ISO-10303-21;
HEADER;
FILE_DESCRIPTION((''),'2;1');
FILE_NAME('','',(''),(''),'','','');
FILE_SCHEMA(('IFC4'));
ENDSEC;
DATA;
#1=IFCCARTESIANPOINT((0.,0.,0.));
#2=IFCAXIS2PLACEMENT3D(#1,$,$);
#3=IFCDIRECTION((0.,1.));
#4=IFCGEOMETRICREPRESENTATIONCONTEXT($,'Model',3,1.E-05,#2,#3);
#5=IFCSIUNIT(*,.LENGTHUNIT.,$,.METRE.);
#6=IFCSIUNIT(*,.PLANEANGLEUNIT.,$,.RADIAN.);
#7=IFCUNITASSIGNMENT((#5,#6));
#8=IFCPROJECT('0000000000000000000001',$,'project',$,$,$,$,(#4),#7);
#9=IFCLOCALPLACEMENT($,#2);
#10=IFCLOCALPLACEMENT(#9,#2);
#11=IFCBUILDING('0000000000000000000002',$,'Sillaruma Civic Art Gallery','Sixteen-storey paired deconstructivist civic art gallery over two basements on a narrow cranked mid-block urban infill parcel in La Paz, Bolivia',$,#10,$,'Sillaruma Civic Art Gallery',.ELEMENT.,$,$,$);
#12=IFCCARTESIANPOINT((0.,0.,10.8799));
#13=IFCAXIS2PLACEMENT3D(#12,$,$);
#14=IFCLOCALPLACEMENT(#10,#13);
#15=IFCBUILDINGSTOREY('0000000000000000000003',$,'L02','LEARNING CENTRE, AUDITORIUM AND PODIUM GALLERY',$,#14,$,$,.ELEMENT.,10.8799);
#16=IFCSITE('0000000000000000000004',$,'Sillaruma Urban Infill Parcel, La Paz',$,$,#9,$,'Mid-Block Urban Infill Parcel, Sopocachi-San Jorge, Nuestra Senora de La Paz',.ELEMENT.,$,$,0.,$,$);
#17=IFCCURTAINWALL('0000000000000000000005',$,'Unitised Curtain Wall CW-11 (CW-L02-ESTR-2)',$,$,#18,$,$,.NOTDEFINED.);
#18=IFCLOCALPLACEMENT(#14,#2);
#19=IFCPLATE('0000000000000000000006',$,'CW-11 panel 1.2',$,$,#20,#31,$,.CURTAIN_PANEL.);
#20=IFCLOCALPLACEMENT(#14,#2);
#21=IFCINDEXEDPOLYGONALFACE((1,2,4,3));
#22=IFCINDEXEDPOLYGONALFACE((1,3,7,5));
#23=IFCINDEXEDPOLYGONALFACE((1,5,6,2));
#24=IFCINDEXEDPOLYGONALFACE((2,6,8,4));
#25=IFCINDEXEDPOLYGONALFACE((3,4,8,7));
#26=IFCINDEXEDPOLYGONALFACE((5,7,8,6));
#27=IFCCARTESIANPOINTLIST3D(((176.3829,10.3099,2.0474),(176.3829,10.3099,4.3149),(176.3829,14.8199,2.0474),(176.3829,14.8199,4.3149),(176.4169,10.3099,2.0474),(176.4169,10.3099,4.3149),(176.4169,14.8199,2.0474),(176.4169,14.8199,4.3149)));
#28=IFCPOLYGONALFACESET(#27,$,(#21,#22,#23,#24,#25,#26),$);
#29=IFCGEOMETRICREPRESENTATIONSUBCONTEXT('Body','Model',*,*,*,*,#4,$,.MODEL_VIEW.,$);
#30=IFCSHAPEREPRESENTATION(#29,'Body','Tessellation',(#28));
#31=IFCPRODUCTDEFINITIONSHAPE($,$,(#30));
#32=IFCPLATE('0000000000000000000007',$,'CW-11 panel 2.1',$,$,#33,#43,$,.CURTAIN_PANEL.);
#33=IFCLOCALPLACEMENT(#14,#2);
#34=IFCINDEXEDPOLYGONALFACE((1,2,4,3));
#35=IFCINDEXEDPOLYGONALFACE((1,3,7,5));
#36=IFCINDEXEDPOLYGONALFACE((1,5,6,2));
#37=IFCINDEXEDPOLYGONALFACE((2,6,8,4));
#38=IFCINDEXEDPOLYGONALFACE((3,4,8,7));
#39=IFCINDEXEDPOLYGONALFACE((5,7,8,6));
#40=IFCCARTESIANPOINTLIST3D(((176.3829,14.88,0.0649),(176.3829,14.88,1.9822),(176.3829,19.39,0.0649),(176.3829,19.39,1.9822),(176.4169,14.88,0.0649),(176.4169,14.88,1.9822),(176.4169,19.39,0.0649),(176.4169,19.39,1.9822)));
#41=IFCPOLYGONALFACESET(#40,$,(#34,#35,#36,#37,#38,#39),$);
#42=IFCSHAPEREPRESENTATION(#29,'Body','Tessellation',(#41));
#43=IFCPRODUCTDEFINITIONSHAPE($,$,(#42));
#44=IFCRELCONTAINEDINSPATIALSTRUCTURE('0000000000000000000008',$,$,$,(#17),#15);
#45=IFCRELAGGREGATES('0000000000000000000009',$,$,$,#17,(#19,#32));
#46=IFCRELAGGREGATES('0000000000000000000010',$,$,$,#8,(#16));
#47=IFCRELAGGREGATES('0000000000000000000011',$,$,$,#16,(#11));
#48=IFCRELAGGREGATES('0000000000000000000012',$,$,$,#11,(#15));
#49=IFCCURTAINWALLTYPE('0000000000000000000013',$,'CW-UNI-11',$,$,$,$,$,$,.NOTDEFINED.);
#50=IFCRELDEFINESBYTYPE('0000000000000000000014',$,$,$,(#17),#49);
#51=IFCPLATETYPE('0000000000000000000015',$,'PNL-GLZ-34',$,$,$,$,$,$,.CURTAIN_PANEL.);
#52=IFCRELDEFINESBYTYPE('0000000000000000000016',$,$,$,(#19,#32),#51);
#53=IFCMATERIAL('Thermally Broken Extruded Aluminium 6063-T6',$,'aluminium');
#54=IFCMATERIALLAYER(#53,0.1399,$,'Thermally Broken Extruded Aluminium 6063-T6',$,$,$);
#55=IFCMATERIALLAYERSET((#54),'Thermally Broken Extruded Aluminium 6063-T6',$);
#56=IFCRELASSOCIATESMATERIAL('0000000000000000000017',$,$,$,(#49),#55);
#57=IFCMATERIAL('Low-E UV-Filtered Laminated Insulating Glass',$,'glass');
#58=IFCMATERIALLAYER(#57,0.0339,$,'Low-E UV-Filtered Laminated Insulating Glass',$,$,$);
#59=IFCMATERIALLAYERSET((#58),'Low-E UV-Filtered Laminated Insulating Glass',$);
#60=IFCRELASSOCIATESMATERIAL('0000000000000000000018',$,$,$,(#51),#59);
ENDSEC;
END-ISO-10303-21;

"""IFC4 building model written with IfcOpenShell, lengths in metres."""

from ifc_helpers import new_model, si_unit, direction, frame, origin, origin_2d, place, context, subcontext, project, spatial, rectangle, extrude, material, layer, layer_set, type_object, element, aggregate, save


model = new_model("IFC4")

# Units and contexts
model_context = context("Model", 3, precision=1e-05, world=origin(), true_north=direction((0.0, 1.0)))
body_context = subcontext(model_context, "Body", "Model", "MODEL_VIEW")
ifc_project = project(units=[si_unit("LENGTHUNIT", "METRE"), si_unit("PLANEANGLEUNIT", "RADIAN")], contexts=[model_context])

# Site, building, storey
site_placement = place(None, origin())
site = spatial("IfcSite", under=ifc_project, at=site_placement, Name="Sillaruma Urban Infill Parcel, La Paz", LongName="Mid-Block Urban Infill Parcel, Sopocachi-San Jorge, Nuestra Senora de La Paz", CompositionType="ELEMENT", RefElevation=0.0)
building_placement = place(site_placement, origin())
building = spatial("IfcBuilding", under=site, at=building_placement, Name="Sillaruma Civic Art Gallery", Description="Sixteen-storey paired deconstructivist civic art gallery over two basements on a narrow cranked mid-block urban infill parcel in La Paz, Bolivia", LongName="Sillaruma Civic Art Gallery", CompositionType="ELEMENT")
storey_placement = place(building_placement, frame((0.0, 0.0, 10.8799)))
storey = spatial("IfcBuildingStorey", under=building, at=storey_placement, Name="L02", Description="LEARNING CENTRE, AUDITORIUM AND PODIUM GALLERY", CompositionType="ELEMENT", Elevation=10.8799)

# Curtain wall
ifc_material_1 = material(Name="Thermally Broken Extruded Aluminium 6063-T6", Category="aluminium")
ifc_layer_1 = layer(ifc_material_1, 0.1399, Name="Thermally Broken Extruded Aluminium 6063-T6")
ifc_layer_set_1 = layer_set([ifc_layer_1], Name="Thermally Broken Extruded Aluminium 6063-T6")
curtain_wall_type_1 = type_object("IfcCurtainWallType", Name="CW-UNI-11", PredefinedType="NOTDEFINED", material=ifc_layer_set_1)
curtain_wall_1_placement = place(storey_placement, origin())
curtain_wall_1 = element("IfcCurtainWall", 1, at=curtain_wall_1_placement, inside=storey, type_object=curtain_wall_type_1, Name="Unitised Curtain Wall CW-11 (CW-L02-ESTR-2)", PredefinedType="NOTDEFINED")

# Plates
ifc_material_2 = material(Name="Low-E UV-Filtered Laminated Insulating Glass", Category="glass")
ifc_layer_2 = layer(ifc_material_2, 0.0339, Name="Low-E UV-Filtered Laminated Insulating Glass")
ifc_layer_set_2 = layer_set([ifc_layer_2], Name="Low-E UV-Filtered Laminated Insulating Glass")
plate_type_1 = type_object("IfcPlateType", Name="PNL-GLZ-34", PredefinedType="CURTAIN_PANEL", material=ifc_layer_set_2)
plate_1_placement = place(storey_placement, frame((176.3999, 12.5649, 2.0474), z_axis=(0.0, 0.0, 1.0), x_axis=(0.0, 1.0, 0.0)))
plate_1 = element("IfcPlate", 2, at=plate_1_placement, type_object=plate_type_1, Name="CW-11 panel 1.2", PredefinedType="CURTAIN_PANEL", context=body_context, shape_type="SweptSolid", body=[
    extrude(rectangle(XDim=4.51, YDim=0.0339, at=origin_2d()), origin(), (0.0, 0.0, 1.0), 2.2676),
])
plate_2_placement = place(storey_placement, frame((176.3999, 17.135, 0.0649), z_axis=(0.0, 0.0, 1.0), x_axis=(0.0, 1.0, 0.0)))
plate_2 = element("IfcPlate", 3, at=plate_2_placement, type_object=plate_type_1, Name="CW-11 panel 2.1", PredefinedType="CURTAIN_PANEL", context=body_context, shape_type="SweptSolid", body=[
    extrude(rectangle(XDim=4.51, YDim=0.0339, at=origin_2d()), origin(), (0.0, 0.0, 1.0), 1.9172),
])
aggregate(curtain_wall_1, [plate_1, plate_2])

save(model, "model.ifc")
